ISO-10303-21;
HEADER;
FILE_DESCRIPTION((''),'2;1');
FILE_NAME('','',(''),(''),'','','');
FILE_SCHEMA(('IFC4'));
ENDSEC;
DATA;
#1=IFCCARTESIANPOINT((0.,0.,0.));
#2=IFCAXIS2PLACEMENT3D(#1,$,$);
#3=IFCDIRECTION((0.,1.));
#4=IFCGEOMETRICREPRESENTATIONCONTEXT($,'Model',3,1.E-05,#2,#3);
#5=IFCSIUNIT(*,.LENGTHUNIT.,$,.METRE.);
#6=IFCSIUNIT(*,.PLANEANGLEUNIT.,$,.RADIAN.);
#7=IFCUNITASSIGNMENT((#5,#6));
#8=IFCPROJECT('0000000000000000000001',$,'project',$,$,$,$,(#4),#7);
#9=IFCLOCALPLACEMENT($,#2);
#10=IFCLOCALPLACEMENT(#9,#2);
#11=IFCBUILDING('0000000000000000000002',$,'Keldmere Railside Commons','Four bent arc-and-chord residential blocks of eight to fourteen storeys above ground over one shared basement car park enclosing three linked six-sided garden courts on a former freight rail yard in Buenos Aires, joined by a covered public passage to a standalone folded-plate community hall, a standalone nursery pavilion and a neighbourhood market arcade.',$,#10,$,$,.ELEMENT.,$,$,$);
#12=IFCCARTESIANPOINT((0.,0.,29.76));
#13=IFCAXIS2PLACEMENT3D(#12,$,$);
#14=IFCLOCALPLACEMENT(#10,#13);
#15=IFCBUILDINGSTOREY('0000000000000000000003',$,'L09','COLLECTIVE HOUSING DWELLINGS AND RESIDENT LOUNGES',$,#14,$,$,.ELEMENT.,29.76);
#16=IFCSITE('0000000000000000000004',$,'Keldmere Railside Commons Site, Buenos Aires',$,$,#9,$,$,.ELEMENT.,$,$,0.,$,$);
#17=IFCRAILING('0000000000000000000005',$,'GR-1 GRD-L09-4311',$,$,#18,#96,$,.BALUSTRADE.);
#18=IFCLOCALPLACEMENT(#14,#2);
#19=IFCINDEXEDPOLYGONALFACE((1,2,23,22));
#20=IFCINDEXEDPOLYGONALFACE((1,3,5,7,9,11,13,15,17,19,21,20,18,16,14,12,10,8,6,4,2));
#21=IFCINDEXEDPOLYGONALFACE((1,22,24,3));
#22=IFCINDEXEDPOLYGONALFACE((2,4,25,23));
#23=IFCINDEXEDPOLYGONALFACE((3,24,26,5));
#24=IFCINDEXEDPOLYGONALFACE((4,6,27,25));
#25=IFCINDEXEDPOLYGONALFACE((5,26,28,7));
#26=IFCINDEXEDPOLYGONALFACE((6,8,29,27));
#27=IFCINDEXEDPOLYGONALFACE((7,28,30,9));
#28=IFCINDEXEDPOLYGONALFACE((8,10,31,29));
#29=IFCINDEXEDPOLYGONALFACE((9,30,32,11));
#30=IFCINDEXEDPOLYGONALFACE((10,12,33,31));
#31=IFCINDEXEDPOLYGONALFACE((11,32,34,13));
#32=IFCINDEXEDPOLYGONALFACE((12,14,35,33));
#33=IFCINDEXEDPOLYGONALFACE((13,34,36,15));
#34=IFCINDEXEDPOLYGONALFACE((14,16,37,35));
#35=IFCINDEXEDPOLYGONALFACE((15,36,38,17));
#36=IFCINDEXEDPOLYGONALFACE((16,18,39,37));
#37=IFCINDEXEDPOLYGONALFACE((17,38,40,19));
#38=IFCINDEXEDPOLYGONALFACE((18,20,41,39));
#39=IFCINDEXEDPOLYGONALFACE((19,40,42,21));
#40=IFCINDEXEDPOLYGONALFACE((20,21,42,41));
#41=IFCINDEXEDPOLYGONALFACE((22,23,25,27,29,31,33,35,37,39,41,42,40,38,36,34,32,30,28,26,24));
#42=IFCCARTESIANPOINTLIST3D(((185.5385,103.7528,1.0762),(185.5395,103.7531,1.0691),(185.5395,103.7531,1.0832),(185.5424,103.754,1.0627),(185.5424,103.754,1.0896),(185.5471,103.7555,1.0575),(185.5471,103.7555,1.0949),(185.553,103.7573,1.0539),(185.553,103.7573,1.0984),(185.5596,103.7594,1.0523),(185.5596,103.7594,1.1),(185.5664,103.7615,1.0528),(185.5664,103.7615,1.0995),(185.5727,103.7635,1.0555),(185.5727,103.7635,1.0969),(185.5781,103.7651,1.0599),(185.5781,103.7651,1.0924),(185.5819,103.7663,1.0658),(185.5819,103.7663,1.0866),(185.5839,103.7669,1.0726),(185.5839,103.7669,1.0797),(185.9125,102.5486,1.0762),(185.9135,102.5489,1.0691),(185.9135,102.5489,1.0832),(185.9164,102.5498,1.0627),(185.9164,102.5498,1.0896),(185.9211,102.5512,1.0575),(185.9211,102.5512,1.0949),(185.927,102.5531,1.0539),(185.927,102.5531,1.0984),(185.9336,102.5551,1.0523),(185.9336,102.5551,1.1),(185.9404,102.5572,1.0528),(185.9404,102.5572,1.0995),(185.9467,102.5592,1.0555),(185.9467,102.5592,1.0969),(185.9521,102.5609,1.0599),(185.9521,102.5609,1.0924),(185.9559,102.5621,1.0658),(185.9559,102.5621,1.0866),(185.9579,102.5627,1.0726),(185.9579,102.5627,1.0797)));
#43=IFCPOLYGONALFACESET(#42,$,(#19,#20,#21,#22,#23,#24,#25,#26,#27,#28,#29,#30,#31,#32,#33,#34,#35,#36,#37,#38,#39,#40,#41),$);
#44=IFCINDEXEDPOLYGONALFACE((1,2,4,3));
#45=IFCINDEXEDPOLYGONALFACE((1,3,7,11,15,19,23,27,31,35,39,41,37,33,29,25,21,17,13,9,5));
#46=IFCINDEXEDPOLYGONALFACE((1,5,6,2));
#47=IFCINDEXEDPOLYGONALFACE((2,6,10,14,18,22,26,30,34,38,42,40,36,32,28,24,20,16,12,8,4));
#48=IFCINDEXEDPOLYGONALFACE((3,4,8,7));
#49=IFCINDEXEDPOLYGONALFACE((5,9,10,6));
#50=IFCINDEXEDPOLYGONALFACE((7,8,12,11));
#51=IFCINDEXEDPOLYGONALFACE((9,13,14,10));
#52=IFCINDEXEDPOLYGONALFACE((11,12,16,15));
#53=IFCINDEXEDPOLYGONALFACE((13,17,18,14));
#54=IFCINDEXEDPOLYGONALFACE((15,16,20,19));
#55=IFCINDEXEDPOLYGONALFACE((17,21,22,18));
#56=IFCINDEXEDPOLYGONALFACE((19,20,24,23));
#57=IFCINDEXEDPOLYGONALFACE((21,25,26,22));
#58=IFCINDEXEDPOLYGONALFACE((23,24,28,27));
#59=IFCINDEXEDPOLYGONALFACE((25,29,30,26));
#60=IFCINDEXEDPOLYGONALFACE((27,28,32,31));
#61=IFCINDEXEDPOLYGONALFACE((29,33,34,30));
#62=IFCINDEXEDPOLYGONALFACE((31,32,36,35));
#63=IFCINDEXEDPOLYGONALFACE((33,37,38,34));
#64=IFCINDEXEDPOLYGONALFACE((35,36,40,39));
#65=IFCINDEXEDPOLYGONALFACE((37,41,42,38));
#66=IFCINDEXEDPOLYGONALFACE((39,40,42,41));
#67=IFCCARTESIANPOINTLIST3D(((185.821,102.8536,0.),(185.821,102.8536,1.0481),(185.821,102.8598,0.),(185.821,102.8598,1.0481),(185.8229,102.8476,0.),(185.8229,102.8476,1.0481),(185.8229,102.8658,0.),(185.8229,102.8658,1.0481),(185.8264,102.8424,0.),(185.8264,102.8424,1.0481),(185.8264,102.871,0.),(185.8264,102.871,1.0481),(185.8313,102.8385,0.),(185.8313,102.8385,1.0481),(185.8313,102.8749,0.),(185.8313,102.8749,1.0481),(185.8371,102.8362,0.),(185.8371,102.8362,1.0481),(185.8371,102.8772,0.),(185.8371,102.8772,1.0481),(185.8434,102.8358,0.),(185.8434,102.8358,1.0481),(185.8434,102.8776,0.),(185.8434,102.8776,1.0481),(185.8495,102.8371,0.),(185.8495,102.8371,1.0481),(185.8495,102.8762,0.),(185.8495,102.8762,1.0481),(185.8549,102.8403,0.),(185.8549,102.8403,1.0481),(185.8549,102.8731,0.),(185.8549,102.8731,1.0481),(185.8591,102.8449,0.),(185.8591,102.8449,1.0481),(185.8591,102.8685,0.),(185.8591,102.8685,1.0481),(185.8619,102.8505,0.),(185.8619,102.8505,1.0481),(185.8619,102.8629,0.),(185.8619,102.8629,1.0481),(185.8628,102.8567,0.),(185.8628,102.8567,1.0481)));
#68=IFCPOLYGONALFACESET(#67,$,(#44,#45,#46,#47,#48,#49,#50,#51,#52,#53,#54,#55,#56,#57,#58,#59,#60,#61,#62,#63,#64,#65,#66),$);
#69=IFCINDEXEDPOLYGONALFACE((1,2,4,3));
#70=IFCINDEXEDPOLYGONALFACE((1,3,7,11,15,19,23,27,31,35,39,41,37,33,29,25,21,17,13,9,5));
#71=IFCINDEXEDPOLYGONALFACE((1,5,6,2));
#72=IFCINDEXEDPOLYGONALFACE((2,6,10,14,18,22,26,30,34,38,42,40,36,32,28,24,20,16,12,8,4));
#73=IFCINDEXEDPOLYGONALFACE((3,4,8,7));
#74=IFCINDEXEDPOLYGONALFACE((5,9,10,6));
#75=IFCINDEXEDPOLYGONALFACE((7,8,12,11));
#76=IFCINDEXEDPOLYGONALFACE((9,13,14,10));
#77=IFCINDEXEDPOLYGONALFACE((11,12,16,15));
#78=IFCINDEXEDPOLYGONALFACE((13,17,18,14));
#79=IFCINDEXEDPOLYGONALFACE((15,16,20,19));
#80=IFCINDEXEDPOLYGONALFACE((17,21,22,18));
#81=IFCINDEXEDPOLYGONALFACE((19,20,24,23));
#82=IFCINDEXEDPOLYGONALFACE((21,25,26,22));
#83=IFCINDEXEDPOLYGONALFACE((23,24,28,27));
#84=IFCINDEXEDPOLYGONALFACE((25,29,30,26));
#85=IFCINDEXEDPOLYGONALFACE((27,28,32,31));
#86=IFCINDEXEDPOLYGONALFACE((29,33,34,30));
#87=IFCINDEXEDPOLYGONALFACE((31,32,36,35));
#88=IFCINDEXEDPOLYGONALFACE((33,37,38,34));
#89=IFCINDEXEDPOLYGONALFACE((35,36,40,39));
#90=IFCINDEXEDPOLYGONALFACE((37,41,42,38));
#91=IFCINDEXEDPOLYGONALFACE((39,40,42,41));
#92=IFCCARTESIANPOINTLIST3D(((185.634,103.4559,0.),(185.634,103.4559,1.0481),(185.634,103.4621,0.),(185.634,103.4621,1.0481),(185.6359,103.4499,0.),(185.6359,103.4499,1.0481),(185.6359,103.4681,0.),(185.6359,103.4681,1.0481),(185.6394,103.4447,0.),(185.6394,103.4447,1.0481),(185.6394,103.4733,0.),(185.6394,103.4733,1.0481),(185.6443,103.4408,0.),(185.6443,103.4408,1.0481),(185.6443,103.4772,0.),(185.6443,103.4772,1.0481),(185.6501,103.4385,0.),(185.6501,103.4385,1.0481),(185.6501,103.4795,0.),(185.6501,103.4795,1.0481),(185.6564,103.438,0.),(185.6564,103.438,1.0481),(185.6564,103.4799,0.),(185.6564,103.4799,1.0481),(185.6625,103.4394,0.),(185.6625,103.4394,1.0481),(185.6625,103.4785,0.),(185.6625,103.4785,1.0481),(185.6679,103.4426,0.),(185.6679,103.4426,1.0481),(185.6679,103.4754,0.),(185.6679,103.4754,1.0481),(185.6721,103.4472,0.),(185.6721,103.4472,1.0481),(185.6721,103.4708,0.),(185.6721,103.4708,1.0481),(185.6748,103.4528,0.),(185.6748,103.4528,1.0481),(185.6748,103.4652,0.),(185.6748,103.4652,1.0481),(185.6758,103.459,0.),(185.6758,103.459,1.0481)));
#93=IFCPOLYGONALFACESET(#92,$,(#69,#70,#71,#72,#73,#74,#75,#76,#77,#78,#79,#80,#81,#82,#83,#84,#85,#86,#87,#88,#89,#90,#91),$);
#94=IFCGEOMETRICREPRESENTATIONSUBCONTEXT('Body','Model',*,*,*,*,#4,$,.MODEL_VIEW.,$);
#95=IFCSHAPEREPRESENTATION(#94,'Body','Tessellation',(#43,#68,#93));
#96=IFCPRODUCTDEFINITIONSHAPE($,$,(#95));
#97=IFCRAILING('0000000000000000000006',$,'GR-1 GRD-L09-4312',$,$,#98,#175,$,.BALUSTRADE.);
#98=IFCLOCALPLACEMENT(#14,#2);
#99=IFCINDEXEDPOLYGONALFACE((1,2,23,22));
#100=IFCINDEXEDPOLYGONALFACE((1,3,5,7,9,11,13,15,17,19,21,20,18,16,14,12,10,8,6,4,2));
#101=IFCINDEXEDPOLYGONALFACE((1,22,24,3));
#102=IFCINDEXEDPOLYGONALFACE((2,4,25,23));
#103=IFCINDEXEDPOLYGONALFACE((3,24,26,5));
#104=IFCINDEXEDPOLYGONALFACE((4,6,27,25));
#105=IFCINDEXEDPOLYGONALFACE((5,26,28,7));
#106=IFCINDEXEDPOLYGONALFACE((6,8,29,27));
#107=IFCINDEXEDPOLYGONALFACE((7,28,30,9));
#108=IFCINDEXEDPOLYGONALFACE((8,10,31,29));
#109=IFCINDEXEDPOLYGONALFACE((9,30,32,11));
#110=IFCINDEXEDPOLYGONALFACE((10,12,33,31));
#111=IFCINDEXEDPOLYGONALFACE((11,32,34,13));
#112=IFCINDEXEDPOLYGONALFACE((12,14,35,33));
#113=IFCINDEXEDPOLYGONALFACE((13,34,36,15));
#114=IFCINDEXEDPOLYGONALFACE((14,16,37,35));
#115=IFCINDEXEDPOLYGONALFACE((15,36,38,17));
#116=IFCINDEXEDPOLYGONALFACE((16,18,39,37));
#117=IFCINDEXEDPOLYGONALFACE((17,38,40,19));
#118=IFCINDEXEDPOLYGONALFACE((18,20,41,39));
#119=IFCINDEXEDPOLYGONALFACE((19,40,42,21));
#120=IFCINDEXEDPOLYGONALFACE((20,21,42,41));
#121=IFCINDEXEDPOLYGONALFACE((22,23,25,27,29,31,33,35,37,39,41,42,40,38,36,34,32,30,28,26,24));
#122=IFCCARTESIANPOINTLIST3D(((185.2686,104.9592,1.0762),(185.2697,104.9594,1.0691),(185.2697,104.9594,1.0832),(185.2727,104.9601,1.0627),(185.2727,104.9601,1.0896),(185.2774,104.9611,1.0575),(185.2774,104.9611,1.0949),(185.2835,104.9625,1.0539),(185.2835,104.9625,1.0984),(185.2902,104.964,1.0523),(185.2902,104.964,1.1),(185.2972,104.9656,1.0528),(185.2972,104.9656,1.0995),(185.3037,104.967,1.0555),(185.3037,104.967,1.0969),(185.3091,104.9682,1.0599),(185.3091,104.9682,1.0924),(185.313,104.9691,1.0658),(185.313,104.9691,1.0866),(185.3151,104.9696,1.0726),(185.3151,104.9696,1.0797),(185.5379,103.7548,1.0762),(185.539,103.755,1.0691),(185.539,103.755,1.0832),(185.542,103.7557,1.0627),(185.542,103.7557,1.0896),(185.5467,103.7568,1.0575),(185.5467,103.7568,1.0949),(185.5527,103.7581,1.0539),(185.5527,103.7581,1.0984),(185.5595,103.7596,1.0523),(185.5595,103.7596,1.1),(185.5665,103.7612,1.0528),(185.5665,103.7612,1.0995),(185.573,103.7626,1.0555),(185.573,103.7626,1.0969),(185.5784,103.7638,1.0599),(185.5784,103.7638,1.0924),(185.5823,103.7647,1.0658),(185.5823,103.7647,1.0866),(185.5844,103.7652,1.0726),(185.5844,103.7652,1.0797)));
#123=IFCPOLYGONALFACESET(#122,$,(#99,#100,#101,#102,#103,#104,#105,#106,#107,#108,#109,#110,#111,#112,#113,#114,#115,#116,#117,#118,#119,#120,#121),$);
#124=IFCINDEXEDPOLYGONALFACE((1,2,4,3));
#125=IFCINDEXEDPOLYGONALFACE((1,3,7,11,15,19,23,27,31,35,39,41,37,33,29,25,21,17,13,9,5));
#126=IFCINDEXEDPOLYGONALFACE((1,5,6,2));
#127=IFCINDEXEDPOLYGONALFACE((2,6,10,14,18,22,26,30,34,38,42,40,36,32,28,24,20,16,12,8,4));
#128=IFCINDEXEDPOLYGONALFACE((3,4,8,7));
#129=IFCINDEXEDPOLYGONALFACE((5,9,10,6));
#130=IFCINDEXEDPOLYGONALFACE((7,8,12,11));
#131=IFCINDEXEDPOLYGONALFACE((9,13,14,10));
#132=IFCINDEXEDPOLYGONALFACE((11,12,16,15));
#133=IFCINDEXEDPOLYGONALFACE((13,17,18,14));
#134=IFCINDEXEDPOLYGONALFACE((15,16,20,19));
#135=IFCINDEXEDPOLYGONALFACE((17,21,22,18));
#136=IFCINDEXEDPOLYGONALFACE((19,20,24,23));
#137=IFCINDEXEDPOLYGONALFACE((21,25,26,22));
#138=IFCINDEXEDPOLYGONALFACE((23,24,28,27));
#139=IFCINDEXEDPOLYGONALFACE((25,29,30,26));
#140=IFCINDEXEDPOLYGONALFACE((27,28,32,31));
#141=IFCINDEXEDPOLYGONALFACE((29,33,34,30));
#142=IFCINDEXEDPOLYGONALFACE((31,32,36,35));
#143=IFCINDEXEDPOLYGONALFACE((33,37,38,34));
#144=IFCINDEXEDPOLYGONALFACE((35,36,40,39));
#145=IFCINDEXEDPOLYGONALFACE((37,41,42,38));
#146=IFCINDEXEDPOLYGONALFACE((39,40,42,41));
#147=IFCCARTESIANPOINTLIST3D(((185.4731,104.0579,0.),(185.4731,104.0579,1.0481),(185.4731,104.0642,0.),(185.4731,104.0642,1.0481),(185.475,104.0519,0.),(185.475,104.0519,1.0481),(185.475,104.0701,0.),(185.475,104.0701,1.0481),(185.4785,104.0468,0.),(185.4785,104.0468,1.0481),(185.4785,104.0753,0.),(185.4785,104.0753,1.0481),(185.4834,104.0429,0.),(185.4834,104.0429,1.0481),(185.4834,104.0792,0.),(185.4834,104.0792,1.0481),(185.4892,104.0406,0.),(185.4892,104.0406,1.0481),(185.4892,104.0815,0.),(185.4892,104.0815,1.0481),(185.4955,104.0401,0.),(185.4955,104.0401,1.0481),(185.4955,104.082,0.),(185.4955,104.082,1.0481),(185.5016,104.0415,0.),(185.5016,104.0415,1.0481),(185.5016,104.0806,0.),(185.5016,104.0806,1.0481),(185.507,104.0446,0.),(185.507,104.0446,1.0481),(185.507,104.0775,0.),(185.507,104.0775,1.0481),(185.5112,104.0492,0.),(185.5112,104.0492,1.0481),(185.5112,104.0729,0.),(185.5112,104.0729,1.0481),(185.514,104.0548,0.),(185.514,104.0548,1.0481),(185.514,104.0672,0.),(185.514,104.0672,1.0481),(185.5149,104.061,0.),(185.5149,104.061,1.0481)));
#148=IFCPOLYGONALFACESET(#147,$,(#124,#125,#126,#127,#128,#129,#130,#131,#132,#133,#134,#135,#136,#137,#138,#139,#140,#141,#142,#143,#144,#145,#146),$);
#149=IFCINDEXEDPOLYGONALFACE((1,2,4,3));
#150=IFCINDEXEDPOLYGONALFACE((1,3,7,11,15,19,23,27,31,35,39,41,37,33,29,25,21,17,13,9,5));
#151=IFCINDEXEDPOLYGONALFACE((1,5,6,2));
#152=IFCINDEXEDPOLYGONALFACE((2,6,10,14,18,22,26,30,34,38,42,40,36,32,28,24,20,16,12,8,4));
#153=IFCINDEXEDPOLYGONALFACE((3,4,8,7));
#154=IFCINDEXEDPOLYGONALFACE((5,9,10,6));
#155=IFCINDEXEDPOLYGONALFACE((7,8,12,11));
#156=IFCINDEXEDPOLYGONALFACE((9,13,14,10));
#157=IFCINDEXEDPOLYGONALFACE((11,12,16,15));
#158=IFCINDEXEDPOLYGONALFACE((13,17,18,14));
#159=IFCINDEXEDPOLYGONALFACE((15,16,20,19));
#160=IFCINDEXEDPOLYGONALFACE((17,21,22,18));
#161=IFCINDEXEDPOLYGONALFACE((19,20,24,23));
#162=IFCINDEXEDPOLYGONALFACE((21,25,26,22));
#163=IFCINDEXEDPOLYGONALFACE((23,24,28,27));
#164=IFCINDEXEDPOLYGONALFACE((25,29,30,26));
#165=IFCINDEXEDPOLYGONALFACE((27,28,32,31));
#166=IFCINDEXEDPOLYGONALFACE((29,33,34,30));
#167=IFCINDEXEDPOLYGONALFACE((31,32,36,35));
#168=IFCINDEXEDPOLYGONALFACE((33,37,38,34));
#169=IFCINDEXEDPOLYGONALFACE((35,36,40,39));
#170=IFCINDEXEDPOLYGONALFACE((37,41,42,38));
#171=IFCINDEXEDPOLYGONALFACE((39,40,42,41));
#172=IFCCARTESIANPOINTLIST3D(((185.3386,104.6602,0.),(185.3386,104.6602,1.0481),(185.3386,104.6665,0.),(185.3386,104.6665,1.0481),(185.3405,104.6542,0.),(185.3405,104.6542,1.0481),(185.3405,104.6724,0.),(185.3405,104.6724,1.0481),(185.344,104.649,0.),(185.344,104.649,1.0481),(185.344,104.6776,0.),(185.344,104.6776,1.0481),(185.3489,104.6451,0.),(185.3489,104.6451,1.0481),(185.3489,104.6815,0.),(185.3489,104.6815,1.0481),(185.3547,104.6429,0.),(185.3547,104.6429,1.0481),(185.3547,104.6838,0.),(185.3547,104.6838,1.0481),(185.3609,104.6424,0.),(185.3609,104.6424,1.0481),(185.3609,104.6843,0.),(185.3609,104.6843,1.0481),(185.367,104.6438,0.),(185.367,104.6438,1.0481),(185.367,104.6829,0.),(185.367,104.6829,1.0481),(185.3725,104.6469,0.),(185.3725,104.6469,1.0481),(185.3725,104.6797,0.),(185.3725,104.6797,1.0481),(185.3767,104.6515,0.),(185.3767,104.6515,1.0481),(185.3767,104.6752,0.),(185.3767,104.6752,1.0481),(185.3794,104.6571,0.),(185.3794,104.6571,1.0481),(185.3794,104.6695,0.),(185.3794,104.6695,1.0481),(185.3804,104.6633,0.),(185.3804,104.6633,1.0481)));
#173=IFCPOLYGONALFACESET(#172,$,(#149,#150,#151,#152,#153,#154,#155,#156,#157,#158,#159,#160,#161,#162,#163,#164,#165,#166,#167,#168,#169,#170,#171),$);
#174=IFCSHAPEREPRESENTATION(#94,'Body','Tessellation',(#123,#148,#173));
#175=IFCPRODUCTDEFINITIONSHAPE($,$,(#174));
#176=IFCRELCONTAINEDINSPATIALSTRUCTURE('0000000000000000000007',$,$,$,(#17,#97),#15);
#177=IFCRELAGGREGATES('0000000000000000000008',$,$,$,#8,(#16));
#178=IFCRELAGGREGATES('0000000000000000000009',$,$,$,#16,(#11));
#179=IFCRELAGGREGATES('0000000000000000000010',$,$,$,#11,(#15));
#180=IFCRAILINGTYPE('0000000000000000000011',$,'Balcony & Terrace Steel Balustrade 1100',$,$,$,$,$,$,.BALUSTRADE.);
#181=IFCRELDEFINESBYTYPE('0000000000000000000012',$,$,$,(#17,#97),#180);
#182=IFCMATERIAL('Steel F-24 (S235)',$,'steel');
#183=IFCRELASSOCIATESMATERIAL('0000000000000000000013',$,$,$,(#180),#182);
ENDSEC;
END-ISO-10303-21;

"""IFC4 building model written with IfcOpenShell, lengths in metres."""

from ifc_helpers import new_model, si_unit, direction, frame, origin, origin_2d, place, context, subcontext, project, spatial, circle, extrude, material, type_object, element, save


model = new_model("IFC4")

# Units and contexts
model_context = context("Model", 3, precision=1e-05, world=origin(), true_north=direction((0.0, 1.0)))
body_context = subcontext(model_context, "Body", "Model", "MODEL_VIEW")
ifc_project = project(units=[si_unit("LENGTHUNIT", "METRE"), si_unit("PLANEANGLEUNIT", "RADIAN")], contexts=[model_context])

# Site, building, storey
site_placement = place(None, origin())
site = spatial("IfcSite", under=ifc_project, at=site_placement, Name="Keldmere Railside Commons Site, Buenos Aires", CompositionType="ELEMENT", RefElevation=0.0)
building_placement = place(site_placement, origin())
building = spatial("IfcBuilding", under=site, at=building_placement, Name="Keldmere Railside Commons", Description="Four bent arc-and-chord residential blocks of eight to fourteen storeys above ground over one shared basement car park enclosing three linked six-sided garden courts on a former freight rail yard in Buenos Aires, joined by a covered public passage to a standalone folded-plate community hall, a standalone nursery pavilion and a neighbourhood market arcade.", CompositionType="ELEMENT")
storey_placement = place(building_placement, frame((0.0, 0.0, 29.76)))
storey = spatial("IfcBuildingStorey", under=building, at=storey_placement, Name="L09", Description="COLLECTIVE HOUSING DWELLINGS AND RESIDENT LOUNGES", CompositionType="ELEMENT", Elevation=29.76)

# Railings
ifc_material_1 = material(Name="Steel F-24 (S235)", Category="steel")
railing_type = type_object("IfcRailingType", Name="Balcony & Terrace Steel Balustrade 1100", PredefinedType="BALUSTRADE", material=ifc_material_1)
railing_1_placement = place(storey_placement, frame((185.9353, 102.5557, 0.0)))
element("IfcRailing", 1, at=railing_1_placement, inside=storey, type_object=railing_type, Name="GR-1 GRD-L09-4311", PredefinedType="BALUSTRADE", context=body_context, shape_type="SweptSolid", body=[
    extrude(circle(Radius=0.0239, at=origin_2d()), frame((0.0, 0.0, 1.0762), z_axis=(-0.296588, 0.955006, 0.0), x_axis=(-0.955006, -0.296588, 0.0)), (0.0, 0.0, 1.0), 1.261),
    extrude(circle(Radius=0.021, at=origin_2d()), frame((-0.0935, 0.301, 0.0)), (0.0, 0.0, 1.0), 1.0481),
    extrude(circle(Radius=0.021, at=origin_2d()), frame((-0.2805, 0.9033, 0.0)), (0.0, 0.0, 1.0), 1.0481),
])
railing_2_placement = place(storey_placement, frame((185.5613, 103.76, 0.0)))
element("IfcRailing", 2, at=railing_2_placement, inside=storey, type_object=railing_type, Name="GR-1 GRD-L09-4312", PredefinedType="BALUSTRADE", context=body_context, shape_type="SweptSolid", body=[
    extrude(circle(Radius=0.0239, at=origin_2d()), frame((0.0, 0.0, 1.0762), z_axis=(-0.218208, 0.975902, 0.0), x_axis=(-0.975902, -0.218208, 0.0)), (0.0, 0.0, 1.0), 1.2341),
    extrude(circle(Radius=0.021, at=origin_2d()), frame((-0.0674, 0.301, 0.0)), (0.0, 0.0, 1.0), 1.0481),
    extrude(circle(Radius=0.021, at=origin_2d()), frame((-0.2019, 0.9033, 0.0)), (0.0, 0.0, 1.0), 1.0481),
])

save(model, "model.ifc")
